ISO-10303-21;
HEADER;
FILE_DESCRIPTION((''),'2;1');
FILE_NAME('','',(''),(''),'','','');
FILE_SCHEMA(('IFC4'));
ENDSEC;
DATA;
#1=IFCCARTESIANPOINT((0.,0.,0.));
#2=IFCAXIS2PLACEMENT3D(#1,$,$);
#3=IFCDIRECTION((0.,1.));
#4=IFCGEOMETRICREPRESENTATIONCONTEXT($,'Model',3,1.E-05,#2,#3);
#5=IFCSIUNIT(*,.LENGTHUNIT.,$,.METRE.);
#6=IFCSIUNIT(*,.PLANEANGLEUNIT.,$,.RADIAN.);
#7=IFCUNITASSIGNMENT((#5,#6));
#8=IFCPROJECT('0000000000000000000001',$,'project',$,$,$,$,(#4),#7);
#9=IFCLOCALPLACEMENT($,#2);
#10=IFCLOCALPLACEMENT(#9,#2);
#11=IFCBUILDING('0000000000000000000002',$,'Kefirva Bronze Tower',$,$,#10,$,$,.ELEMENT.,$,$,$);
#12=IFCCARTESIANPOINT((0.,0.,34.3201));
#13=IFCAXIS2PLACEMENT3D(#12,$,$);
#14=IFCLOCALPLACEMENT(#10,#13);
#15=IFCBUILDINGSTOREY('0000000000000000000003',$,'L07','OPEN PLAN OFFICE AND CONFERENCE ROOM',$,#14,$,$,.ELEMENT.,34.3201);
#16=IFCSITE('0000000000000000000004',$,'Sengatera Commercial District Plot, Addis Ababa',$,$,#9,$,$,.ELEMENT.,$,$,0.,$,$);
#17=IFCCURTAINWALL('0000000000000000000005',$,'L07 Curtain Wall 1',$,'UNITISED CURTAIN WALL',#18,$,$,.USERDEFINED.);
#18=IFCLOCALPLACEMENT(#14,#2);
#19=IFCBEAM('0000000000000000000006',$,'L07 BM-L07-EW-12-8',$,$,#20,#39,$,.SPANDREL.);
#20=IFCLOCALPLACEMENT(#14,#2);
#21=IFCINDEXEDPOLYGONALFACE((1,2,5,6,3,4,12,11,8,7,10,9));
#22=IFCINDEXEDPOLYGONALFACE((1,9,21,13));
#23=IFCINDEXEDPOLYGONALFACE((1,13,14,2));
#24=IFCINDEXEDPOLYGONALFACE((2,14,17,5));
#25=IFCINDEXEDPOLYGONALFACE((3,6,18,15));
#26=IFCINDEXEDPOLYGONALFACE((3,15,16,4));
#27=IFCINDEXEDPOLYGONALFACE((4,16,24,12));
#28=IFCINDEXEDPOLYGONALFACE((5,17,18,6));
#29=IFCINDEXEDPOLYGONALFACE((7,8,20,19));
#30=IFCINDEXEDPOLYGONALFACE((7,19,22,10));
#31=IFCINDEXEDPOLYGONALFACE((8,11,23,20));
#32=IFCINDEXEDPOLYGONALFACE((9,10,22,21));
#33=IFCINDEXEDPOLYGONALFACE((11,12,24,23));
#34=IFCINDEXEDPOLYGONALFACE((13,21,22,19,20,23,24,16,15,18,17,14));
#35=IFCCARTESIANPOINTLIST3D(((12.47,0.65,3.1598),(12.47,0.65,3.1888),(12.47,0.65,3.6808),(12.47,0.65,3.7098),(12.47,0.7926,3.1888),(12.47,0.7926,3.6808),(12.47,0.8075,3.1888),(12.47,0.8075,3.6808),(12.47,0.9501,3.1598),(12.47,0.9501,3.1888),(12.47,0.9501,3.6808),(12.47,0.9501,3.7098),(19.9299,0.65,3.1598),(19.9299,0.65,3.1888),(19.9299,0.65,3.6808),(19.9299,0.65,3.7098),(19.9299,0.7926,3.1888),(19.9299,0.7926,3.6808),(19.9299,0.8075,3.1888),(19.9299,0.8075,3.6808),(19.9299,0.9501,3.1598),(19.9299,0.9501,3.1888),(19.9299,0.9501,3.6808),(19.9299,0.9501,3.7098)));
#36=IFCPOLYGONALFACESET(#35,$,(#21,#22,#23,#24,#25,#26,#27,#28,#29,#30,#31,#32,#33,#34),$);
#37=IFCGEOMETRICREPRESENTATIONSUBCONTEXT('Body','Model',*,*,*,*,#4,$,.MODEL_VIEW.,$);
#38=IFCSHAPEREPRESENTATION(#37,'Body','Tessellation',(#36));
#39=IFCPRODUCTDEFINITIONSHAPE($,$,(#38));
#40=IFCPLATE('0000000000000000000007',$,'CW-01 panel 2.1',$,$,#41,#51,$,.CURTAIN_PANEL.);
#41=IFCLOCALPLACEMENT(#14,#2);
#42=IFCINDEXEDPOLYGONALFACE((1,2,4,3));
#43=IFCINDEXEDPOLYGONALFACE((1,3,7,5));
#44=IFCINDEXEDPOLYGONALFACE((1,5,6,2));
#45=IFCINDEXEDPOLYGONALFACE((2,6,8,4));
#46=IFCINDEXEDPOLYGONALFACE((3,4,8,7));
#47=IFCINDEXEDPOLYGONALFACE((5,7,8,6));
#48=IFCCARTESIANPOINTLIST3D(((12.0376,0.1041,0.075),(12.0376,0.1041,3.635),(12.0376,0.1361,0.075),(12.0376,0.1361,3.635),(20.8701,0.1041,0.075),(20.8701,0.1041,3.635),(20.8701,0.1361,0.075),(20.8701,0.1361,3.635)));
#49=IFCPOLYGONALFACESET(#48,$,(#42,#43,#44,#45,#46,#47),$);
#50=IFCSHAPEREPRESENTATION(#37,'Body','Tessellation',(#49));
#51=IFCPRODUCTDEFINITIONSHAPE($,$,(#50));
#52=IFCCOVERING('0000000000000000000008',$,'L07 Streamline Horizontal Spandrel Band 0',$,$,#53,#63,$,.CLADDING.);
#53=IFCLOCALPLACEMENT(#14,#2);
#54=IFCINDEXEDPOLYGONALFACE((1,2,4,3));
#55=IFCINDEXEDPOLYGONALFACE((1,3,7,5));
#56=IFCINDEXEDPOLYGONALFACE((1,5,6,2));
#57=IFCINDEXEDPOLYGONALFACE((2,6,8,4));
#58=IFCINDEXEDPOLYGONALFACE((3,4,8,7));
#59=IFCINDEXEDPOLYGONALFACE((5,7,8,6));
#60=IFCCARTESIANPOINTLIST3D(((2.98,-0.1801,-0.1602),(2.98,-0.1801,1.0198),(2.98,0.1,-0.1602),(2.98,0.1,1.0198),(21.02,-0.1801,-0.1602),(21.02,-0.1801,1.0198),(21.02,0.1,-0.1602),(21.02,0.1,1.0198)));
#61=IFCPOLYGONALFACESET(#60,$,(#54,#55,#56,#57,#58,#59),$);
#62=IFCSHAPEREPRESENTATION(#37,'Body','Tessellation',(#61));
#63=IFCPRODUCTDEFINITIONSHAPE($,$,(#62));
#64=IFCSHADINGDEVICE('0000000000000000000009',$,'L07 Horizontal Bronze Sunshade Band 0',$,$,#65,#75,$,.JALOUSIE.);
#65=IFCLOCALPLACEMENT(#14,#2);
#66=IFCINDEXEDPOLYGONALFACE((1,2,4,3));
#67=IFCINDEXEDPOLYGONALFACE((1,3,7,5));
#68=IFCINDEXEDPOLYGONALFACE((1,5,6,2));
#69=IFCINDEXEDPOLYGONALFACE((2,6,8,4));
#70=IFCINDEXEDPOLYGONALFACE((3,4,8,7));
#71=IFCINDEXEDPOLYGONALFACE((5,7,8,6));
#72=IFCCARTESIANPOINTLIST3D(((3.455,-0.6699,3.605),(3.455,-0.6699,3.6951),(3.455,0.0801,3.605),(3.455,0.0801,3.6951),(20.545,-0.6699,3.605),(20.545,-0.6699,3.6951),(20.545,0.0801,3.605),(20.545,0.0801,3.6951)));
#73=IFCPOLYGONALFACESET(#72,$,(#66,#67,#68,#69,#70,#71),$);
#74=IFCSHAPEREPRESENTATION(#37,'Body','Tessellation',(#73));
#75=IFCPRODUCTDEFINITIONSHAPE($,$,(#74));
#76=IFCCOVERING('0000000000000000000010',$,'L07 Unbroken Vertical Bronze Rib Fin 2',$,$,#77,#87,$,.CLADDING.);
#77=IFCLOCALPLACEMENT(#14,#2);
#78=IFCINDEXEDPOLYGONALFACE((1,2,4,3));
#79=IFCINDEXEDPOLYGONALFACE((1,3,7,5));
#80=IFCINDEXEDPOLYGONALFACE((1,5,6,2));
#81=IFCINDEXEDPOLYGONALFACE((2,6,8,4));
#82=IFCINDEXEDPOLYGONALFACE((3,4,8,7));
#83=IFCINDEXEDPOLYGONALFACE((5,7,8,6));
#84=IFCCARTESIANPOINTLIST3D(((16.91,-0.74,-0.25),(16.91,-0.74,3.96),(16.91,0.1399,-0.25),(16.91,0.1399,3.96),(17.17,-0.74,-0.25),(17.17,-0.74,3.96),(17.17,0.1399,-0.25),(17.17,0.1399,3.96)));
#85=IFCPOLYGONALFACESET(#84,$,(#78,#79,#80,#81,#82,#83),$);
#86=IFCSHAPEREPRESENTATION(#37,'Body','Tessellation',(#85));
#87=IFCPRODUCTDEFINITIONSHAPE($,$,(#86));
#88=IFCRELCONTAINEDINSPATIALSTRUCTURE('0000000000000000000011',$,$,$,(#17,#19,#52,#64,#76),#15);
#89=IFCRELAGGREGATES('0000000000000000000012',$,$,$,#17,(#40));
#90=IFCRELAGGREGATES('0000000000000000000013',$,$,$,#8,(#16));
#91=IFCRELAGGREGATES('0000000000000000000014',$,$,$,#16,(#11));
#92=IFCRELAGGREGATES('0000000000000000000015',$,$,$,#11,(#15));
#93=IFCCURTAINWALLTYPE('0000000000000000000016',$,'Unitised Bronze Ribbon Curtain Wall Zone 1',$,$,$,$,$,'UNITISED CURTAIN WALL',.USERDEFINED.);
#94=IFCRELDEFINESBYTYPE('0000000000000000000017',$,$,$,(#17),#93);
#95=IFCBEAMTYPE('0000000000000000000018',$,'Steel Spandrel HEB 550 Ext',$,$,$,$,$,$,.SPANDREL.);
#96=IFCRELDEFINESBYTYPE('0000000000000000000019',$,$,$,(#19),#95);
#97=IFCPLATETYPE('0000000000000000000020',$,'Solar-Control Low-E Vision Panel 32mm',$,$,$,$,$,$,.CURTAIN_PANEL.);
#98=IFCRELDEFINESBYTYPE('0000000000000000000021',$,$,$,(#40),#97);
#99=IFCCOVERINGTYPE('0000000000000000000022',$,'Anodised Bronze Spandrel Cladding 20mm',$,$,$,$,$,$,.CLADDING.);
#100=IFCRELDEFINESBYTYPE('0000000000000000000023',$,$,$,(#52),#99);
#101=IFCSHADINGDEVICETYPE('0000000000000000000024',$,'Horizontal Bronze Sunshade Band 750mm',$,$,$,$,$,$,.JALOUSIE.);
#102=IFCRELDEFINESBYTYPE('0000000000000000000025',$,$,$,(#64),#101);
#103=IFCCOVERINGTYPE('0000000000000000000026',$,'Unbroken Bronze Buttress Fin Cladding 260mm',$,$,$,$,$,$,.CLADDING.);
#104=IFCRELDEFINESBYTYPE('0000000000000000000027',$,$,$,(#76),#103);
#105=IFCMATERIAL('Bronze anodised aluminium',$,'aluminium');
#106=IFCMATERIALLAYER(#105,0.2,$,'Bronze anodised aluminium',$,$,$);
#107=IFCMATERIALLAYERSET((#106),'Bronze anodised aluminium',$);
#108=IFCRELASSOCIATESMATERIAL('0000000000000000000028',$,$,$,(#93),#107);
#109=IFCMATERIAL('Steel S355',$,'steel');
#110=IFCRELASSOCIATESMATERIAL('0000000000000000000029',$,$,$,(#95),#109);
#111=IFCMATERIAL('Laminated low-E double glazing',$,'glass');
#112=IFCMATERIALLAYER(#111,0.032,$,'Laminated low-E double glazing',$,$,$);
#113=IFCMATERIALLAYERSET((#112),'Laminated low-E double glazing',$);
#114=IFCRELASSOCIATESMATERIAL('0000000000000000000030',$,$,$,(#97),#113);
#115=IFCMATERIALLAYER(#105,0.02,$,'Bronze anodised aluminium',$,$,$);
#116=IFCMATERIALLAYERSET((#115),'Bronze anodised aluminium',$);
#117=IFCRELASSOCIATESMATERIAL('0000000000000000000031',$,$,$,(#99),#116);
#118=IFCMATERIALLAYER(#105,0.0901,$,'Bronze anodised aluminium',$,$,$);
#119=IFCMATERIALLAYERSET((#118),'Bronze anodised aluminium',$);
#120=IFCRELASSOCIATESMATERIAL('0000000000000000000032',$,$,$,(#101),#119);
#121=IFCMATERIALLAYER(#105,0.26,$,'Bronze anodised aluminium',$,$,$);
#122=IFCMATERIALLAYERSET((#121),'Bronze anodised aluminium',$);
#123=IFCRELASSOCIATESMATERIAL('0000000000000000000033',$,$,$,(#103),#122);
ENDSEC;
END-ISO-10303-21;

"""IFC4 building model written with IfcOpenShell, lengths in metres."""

from ifc_helpers import new_model, si_unit, direction, frame, origin, origin_2d, place, context, subcontext, project, spatial, rectangle, i_section, extrude, material, layer, layer_set, material_profile, profile_set, type_object, element, aggregate, save


model = new_model("IFC4")

# Units and contexts
model_context = context("Model", 3, precision=1e-05, world=origin(), true_north=direction((0.0, 1.0)))
body_context = subcontext(model_context, "Body", "Model", "MODEL_VIEW")
ifc_project = project(units=[si_unit("LENGTHUNIT", "METRE"), si_unit("PLANEANGLEUNIT", "RADIAN")], contexts=[model_context])

# Site, building, storey
site_placement = place(None, origin())
site = spatial("IfcSite", under=ifc_project, at=site_placement, Name="Sengatera Commercial District Plot, Addis Ababa", CompositionType="ELEMENT", RefElevation=0.0)
building_placement = place(site_placement, origin())
building = spatial("IfcBuilding", under=site, at=building_placement, Name="Kefirva Bronze Tower", CompositionType="ELEMENT")
storey_placement = place(building_placement, frame((0.0, 0.0, 34.3201)))
storey = spatial("IfcBuildingStorey", under=building, at=storey_placement, Name="L07", Description="OPEN PLAN OFFICE AND CONFERENCE ROOM", CompositionType="ELEMENT", Elevation=34.3201)

# Curtain wall
ifc_material_1 = material(Name="Bronze anodised aluminium", Category="aluminium")
ifc_layer_1 = layer(ifc_material_1, 0.2, Name="Bronze anodised aluminium")
ifc_layer_set_1 = layer_set([ifc_layer_1], Name="Bronze anodised aluminium")
curtain_wall_type = type_object("IfcCurtainWallType", Name="Unitised Bronze Ribbon Curtain Wall Zone 1", ElementType="UNITISED CURTAIN WALL", PredefinedType="USERDEFINED", material=ifc_layer_set_1)
curtain_wall_placement = place(storey_placement, origin())
curtain_wall = element("IfcCurtainWall", 1, at=curtain_wall_placement, inside=storey, type_object=curtain_wall_type, Name="L07 Curtain Wall 1", ObjectType="UNITISED CURTAIN WALL", PredefinedType="USERDEFINED")

# Beam
ifc_material_2 = material(Name="Steel S355", Category="steel")
ifc_material_profile_1 = material_profile(ifc_material_2, i_section(OverallWidth=0.3, OverallDepth=0.55, WebThickness=0.0149, FlangeThickness=0.0291, at=origin_2d()), Name="HEB 550")
ifc_profile_set_1 = profile_set([ifc_material_profile_1], Name="Steel S355")
beam_type_1 = type_object("IfcBeamType", Name="Steel Spandrel HEB 550 Ext", PredefinedType="SPANDREL", material=ifc_profile_set_1)
beam_1_placement = place(storey_placement, frame((12.47, 0.8, 3.4348), z_axis=(1.0, 0.0, 0.0), x_axis=(0.0, 1.0, 0.0)))
element("IfcBeam", 2, at=beam_1_placement, inside=storey, type_object=beam_type_1, Name="L07 BM-L07-EW-12-8", PredefinedType="SPANDREL", context=body_context, shape_type="SweptSolid", body=[
    extrude(i_section(OverallWidth=0.3, OverallDepth=0.55, WebThickness=0.0149, FlangeThickness=0.0291, at=origin_2d()), origin(), (0.0, 0.0, 1.0), 7.46),
])

# Plate
ifc_material_3 = material(Name="Laminated low-E double glazing", Category="glass")
ifc_layer_2 = layer(ifc_material_3, 0.032, Name="Laminated low-E double glazing")
ifc_layer_set_2 = layer_set([ifc_layer_2], Name="Laminated low-E double glazing")
plate_type = type_object("IfcPlateType", Name="Solar-Control Low-E Vision Panel 32mm", PredefinedType="CURTAIN_PANEL", material=ifc_layer_set_2)
plate_placement = place(storey_placement, frame((16.4539, 0.1201, 0.075), z_axis=(0.0, 0.0, 1.0), x_axis=(1.0, 0.0, 0.0)))
plate = element("IfcPlate", 3, at=plate_placement, type_object=plate_type, Name="CW-01 panel 2.1", PredefinedType="CURTAIN_PANEL", context=body_context, shape_type="SweptSolid", body=[
    extrude(rectangle(XDim=8.8325, YDim=0.032, at=origin_2d()), origin(), (0.0, 0.0, 1.0), 3.5601),
])
aggregate(curtain_wall, [plate])

# Covering
ifc_layer_3 = layer(ifc_material_1, 0.02, Name="Bronze anodised aluminium")
ifc_layer_set_3 = layer_set([ifc_layer_3], Name="Bronze anodised aluminium")
covering_type_1 = type_object("IfcCoveringType", Name="Anodised Bronze Spandrel Cladding 20mm", PredefinedType="CLADDING", material=ifc_layer_set_3)
covering_1_placement = place(storey_placement, frame((12.0, -0.04, -0.1602), z_axis=(0.0, 0.0, 1.0), x_axis=(1.0, 0.0, 0.0)))
element("IfcCovering", 4, at=covering_1_placement, inside=storey, type_object=covering_type_1, Name="L07 Streamline Horizontal Spandrel Band 0", PredefinedType="CLADDING", context=body_context, shape_type="SweptSolid", body=[
    extrude(rectangle(XDim=18.04, YDim=0.28, at=origin_2d()), origin(), (0.0, 0.0, 1.0), 1.1799),
])

# Shading device
ifc_layer_4 = layer(ifc_material_1, 0.0901, Name="Bronze anodised aluminium")
ifc_layer_set_4 = layer_set([ifc_layer_4], Name="Bronze anodised aluminium")
shading_device_type = type_object("IfcShadingDeviceType", Name="Horizontal Bronze Sunshade Band 750mm", PredefinedType="JALOUSIE", material=ifc_layer_set_4)
shading_device_placement = place(storey_placement, frame((12.0, -0.2949, 3.605), z_axis=(0.0, 0.0, 1.0), x_axis=(1.0, 0.0, 0.0)))
element("IfcShadingDevice", 5, at=shading_device_placement, inside=storey, type_object=shading_device_type, Name="L07 Horizontal Bronze Sunshade Band 0", PredefinedType="JALOUSIE", context=body_context, shape_type="SweptSolid", body=[
    extrude(rectangle(XDim=17.0901, YDim=0.75, at=origin_2d()), origin(), (0.0, 0.0, 1.0), 0.0901),
])

# Covering
ifc_layer_5 = layer(ifc_material_1, 0.26, Name="Bronze anodised aluminium")
ifc_layer_set_5 = layer_set([ifc_layer_5], Name="Bronze anodised aluminium")
covering_type_2 = type_object("IfcCoveringType", Name="Unbroken Bronze Buttress Fin Cladding 260mm", PredefinedType="CLADDING", material=ifc_layer_set_5)
covering_2_placement = place(storey_placement, frame((17.04, -0.3, -0.25), z_axis=(0.0, 0.0, 1.0), x_axis=(1.0, 0.0, 0.0)))
element("IfcCovering", 6, at=covering_2_placement, inside=storey, type_object=covering_type_2, Name="L07 Unbroken Vertical Bronze Rib Fin 2", PredefinedType="CLADDING", context=body_context, shape_type="SweptSolid", body=[
    extrude(rectangle(XDim=0.26, YDim=0.8799, at=origin_2d()), origin(), (0.0, 0.0, 1.0), 4.21),
])

save(model, "model.ifc")
